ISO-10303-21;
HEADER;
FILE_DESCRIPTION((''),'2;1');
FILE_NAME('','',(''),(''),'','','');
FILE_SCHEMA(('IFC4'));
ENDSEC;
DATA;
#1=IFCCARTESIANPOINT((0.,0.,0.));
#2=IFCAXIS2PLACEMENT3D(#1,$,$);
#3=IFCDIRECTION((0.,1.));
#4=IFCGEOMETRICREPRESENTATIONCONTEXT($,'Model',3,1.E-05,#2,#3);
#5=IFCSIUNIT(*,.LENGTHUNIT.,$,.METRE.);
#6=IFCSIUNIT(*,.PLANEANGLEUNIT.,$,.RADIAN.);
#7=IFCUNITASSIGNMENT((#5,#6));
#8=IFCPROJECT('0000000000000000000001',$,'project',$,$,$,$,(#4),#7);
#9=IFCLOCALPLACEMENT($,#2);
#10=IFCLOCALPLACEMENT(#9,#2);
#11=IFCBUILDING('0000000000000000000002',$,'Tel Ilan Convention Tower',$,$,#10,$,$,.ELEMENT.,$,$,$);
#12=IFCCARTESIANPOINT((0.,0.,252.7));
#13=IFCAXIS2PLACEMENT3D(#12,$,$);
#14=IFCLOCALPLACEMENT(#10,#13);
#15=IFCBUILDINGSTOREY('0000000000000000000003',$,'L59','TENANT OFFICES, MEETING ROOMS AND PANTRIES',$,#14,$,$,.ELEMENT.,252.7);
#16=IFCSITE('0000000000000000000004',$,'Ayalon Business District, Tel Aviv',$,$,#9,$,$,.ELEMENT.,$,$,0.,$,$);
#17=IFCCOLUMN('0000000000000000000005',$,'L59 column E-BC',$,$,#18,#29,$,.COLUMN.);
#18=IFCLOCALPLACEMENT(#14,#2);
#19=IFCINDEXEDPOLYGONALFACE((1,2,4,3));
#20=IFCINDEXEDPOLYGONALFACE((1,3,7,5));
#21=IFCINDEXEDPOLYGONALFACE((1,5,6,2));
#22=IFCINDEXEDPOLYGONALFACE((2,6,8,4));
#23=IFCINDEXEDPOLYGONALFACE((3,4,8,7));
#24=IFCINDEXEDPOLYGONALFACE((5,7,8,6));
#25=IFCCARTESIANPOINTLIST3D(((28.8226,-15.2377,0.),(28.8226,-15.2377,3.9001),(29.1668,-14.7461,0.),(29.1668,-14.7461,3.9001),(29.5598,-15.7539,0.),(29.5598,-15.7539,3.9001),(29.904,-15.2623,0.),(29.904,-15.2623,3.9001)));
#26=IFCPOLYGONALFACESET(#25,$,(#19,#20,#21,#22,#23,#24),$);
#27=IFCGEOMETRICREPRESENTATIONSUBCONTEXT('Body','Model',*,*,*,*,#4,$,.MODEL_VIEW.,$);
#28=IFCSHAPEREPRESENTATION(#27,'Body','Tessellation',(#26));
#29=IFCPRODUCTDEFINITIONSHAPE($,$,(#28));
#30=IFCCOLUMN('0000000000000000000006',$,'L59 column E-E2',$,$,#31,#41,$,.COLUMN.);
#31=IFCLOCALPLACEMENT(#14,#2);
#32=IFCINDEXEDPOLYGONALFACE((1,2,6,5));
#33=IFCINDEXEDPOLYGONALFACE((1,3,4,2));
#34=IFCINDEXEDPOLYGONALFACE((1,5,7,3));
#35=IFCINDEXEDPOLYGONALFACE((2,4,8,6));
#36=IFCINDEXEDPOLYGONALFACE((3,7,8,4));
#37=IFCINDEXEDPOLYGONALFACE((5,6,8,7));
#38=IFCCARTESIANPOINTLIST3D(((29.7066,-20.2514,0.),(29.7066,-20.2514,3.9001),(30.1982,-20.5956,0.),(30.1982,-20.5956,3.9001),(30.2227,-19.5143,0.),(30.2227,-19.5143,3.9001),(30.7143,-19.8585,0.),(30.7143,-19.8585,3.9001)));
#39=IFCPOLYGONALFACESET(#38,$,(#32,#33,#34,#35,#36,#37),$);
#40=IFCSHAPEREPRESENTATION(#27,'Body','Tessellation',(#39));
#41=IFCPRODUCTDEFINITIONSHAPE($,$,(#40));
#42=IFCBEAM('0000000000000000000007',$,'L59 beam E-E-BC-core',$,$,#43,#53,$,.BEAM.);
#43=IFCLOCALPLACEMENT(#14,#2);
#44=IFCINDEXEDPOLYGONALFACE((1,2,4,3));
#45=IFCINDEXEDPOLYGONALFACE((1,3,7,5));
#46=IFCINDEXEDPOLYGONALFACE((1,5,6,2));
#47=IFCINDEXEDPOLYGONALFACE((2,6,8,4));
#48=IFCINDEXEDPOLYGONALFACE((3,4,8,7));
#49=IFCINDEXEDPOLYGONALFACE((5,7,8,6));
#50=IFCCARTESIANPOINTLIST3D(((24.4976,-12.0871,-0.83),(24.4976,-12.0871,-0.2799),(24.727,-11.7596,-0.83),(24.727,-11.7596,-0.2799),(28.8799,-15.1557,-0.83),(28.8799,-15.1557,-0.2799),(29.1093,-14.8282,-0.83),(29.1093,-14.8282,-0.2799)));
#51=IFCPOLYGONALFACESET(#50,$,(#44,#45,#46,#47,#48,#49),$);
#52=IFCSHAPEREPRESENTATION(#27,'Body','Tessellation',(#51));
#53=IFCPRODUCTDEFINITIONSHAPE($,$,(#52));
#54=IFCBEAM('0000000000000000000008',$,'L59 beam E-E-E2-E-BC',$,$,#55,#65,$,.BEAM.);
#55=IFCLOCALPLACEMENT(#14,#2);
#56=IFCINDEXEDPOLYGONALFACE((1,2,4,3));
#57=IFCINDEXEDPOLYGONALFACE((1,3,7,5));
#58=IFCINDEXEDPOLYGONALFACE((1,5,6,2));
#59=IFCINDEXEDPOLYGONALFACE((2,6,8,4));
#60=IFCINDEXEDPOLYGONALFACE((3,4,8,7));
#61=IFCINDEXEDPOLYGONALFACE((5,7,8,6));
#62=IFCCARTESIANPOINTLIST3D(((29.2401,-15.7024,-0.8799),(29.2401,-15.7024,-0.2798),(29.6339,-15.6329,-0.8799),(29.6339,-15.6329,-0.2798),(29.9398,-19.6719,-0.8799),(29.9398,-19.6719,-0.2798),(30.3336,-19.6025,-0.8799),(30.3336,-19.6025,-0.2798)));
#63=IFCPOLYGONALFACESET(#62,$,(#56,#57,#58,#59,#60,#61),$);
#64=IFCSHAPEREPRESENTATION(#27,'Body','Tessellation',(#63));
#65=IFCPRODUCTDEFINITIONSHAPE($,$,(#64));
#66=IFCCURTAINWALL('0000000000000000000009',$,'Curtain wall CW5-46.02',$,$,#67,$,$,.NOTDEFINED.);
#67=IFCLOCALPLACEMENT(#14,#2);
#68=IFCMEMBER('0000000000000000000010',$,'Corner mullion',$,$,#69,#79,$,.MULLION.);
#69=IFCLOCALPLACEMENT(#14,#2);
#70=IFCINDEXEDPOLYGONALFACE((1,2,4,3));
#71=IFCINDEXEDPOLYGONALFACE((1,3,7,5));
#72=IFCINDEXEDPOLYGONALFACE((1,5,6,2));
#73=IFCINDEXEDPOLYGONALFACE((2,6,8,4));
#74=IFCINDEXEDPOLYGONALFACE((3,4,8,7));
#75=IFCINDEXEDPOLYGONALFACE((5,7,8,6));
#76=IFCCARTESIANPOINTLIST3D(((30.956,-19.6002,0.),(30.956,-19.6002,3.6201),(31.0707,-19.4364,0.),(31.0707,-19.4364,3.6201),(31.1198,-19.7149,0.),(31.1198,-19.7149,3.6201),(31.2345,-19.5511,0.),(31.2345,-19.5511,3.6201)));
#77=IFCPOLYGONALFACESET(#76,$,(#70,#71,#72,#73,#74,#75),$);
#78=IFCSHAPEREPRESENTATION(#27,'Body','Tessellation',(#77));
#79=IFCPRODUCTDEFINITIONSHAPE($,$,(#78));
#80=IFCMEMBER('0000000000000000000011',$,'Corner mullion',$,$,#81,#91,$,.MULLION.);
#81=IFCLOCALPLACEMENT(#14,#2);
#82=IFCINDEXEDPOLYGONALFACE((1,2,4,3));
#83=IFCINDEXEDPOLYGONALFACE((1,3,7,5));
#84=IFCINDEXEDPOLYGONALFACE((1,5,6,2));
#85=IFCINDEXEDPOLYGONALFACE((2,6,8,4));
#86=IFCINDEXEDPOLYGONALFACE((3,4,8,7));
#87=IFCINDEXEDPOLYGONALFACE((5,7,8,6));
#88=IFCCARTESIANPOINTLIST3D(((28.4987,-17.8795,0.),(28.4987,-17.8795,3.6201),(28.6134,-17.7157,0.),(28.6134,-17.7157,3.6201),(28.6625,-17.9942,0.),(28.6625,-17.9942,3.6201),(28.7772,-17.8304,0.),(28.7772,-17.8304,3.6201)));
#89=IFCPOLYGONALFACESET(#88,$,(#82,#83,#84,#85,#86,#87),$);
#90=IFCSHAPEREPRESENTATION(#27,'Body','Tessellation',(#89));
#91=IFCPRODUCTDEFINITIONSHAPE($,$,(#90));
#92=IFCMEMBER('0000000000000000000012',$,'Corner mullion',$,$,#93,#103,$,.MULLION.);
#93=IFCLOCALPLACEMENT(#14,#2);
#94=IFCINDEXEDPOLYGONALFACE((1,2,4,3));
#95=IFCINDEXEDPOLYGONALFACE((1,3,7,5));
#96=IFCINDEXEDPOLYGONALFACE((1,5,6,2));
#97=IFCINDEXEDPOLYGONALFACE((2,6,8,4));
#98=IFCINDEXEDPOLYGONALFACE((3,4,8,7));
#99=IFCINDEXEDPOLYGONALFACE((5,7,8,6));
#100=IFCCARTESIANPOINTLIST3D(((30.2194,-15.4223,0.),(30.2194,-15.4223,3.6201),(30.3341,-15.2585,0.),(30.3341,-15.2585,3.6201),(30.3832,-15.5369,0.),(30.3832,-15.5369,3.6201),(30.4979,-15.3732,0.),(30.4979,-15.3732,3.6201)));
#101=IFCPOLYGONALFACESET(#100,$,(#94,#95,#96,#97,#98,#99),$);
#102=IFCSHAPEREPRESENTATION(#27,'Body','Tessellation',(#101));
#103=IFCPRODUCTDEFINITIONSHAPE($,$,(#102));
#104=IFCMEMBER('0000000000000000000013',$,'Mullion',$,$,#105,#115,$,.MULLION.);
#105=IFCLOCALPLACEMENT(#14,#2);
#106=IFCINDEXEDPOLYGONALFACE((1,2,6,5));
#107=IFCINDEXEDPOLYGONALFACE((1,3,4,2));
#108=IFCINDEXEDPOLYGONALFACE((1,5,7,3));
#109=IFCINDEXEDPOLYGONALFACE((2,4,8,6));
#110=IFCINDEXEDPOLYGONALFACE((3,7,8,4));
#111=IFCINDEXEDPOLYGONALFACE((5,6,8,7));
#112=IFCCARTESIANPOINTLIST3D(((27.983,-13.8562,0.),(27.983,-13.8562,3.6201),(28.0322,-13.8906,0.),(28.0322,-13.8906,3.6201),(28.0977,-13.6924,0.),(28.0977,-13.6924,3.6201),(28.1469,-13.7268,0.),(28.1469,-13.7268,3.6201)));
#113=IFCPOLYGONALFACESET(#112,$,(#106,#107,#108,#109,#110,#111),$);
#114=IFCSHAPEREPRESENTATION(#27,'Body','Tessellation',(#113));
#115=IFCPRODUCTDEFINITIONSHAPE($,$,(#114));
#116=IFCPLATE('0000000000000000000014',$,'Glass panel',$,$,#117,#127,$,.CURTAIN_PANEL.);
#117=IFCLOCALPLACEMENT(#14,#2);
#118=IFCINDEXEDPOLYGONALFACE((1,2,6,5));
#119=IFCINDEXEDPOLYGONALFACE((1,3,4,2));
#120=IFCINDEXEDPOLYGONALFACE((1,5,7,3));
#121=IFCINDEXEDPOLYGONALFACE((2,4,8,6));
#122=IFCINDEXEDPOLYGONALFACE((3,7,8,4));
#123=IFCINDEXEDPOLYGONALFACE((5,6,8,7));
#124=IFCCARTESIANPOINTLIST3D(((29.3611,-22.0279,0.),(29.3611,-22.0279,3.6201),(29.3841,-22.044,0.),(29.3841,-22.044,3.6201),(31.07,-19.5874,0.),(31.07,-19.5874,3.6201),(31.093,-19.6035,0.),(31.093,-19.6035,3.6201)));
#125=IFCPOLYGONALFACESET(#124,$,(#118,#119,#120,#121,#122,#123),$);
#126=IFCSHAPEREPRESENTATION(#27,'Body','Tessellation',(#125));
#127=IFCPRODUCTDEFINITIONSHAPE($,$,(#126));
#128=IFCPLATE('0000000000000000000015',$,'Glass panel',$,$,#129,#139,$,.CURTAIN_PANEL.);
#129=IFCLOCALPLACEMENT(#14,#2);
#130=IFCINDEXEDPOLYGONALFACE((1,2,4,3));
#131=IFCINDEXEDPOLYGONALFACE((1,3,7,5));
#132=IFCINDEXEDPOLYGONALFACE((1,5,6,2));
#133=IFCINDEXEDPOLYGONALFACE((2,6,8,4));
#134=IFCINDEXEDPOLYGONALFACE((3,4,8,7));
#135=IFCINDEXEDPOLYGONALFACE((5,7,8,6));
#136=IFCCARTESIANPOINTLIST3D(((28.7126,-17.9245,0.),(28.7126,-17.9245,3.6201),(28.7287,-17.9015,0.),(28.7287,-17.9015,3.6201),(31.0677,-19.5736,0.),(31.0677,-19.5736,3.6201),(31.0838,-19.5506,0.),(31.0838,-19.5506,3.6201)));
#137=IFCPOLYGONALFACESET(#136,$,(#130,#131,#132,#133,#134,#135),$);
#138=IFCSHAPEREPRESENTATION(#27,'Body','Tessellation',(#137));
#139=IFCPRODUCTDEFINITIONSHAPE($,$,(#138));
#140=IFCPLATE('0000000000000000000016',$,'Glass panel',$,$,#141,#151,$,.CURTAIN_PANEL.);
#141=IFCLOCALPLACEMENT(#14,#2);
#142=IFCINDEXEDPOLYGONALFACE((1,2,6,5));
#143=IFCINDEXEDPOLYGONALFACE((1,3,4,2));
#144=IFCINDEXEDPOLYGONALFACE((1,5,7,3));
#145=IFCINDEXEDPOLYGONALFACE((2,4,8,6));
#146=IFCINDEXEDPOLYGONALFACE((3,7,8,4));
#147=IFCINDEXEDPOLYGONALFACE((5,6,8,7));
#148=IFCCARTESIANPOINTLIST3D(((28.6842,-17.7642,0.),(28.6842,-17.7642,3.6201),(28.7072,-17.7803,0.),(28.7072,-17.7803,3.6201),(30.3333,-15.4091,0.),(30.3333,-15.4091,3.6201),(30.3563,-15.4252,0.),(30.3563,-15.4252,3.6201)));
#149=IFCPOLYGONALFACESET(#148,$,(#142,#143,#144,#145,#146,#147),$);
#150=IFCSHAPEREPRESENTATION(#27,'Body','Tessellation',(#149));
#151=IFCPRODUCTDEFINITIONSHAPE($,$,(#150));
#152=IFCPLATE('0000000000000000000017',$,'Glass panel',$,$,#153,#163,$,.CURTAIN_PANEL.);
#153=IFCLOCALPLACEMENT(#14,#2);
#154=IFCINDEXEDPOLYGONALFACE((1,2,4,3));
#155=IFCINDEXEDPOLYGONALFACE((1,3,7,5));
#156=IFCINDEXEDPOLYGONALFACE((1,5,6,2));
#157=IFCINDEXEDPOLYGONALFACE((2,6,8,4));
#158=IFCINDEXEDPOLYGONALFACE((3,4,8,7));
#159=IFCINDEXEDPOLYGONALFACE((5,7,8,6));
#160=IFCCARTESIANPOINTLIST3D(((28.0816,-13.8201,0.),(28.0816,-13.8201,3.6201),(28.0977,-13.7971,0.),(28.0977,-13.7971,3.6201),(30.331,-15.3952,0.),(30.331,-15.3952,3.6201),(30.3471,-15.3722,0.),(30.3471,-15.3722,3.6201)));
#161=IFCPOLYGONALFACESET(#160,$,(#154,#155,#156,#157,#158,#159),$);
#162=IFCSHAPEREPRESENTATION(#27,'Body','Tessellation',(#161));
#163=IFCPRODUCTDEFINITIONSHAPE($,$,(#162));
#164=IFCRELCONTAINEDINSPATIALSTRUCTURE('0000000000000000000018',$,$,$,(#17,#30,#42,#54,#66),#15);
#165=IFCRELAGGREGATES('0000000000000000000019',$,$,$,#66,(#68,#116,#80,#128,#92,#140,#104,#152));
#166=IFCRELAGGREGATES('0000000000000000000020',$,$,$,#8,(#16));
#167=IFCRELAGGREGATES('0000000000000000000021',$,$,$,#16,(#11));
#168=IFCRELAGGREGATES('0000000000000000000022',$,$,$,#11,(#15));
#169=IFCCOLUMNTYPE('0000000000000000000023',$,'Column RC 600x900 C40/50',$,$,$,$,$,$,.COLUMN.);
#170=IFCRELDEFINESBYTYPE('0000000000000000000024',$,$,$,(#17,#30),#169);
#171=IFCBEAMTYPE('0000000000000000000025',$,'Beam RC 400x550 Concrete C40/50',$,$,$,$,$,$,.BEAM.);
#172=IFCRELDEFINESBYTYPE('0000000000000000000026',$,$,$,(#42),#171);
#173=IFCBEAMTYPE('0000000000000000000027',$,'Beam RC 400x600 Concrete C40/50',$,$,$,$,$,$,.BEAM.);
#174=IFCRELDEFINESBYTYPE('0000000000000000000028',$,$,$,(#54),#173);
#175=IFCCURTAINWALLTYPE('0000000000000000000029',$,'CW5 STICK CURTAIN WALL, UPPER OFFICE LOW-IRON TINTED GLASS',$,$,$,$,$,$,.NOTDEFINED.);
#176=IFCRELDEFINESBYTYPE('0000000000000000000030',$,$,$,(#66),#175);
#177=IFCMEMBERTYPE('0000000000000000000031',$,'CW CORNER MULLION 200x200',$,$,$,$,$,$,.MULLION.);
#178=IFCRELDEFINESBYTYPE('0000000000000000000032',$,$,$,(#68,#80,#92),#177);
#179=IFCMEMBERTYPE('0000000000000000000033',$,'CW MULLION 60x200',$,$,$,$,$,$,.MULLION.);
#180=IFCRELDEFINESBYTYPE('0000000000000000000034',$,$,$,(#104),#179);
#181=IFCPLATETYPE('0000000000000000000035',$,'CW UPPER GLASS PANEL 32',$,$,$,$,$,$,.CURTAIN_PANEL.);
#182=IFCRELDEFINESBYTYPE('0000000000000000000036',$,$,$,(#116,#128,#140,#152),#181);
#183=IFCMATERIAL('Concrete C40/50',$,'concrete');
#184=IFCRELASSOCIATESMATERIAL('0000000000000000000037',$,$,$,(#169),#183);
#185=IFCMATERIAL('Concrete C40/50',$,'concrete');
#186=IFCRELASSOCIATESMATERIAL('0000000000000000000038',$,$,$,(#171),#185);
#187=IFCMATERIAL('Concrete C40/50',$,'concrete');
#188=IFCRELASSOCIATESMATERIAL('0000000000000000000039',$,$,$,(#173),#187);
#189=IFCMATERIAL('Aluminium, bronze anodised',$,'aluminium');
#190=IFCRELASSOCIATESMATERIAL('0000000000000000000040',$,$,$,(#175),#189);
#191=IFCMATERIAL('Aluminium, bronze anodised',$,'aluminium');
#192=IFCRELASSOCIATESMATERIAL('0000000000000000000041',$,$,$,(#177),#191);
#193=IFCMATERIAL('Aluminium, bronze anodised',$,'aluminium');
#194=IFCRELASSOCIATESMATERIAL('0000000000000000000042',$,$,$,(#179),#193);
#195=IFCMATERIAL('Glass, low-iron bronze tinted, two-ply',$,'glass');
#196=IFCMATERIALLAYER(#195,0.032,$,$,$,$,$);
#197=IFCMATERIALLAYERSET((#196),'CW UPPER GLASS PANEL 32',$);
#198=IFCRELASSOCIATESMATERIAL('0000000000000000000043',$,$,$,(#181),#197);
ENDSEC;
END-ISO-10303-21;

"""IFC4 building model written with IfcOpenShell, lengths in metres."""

from ifc_helpers import new_model, si_unit, direction, frame, origin, origin_2d, place, context, subcontext, project, spatial, rectangle, extrude, material, layer, layer_set, material_profile, profile_set, type_object, element, aggregate, save


model = new_model("IFC4")

# Units and contexts
model_context = context("Model", 3, precision=1e-05, world=origin(), true_north=direction((0.0, 1.0)))
body_context = subcontext(model_context, "Body", "Model", "MODEL_VIEW")
ifc_project = project(units=[si_unit("LENGTHUNIT", "METRE"), si_unit("PLANEANGLEUNIT", "RADIAN")], contexts=[model_context])

# Site, building, storey
site_placement = place(None, origin())
site = spatial("IfcSite", under=ifc_project, at=site_placement, Name="Ayalon Business District, Tel Aviv", CompositionType="ELEMENT", RefElevation=0.0)
building_placement = place(site_placement, origin())
building = spatial("IfcBuilding", under=site, at=building_placement, Name="Tel Ilan Convention Tower", CompositionType="ELEMENT")
storey_placement = place(building_placement, frame((0.0, 0.0, 252.7)))
storey = spatial("IfcBuildingStorey", under=building, at=storey_placement, Name="L59", Description="TENANT OFFICES, MEETING ROOMS AND PANTRIES", CompositionType="ELEMENT", Elevation=252.7)

# Columns
ifc_material_1 = material(Name="Concrete C40/50", Category="concrete")
ifc_material_profile_1 = material_profile(ifc_material_1, rectangle(XDim=0.8999, YDim=0.6001, at=origin_2d()), Name="RC 600x900")
ifc_profile_set_1 = profile_set([ifc_material_profile_1], Name="Concrete C40/50")
column_type = type_object("IfcColumnType", Name="Column RC 600x900 C40/50", PredefinedType="COLUMN", material=ifc_profile_set_1)
for number, where, z_axis, x_axis, name in (
    (1, (29.3633, -15.25, 0.0), (0.0, 0.0, 1.0), (0.819152, -0.573576, 0.0), "L59 column E-BC"),
    (2, (30.2104, -20.0549, 0.0), (0.0, 0.0, 1.0), (0.573576, 0.819152, 0.0), "L59 column E-E2"),
):
    element("IfcColumn", number, at=place(storey_placement, frame(where, z_axis=z_axis, x_axis=x_axis)), inside=storey, type_object=column_type, Name=name, PredefinedType="COLUMN", context=body_context, shape_type="SweptSolid", body=[
        extrude(rectangle(XDim=0.8999, YDim=0.6001, at=origin_2d()), origin(), (0.0, 0.0, 1.0), 3.9001),
    ])

# Beams
ifc_material_2 = material(Name="Concrete C40/50", Category="concrete")
ifc_material_profile_2 = material_profile(ifc_material_2, rectangle(XDim=0.3999, YDim=0.55, at=origin_2d()), Name="RC 400x550")
ifc_profile_set_2 = profile_set([ifc_material_profile_2], Name="Concrete C40/50")
beam_type_1 = type_object("IfcBeamType", Name="Beam RC 400x550 Concrete C40/50", PredefinedType="BEAM", material=ifc_profile_set_2)
beam_1_placement = place(storey_placement, frame((28.9946, -14.9919, -0.5549), z_axis=(-0.819146, 0.573585, 0.0), x_axis=(-0.573585, -0.819146, 0.0)))
element("IfcBeam", 3, at=beam_1_placement, inside=storey, type_object=beam_type_1, Name="L59 beam E-E-BC-core", PredefinedType="BEAM", context=body_context, shape_type="SweptSolid", body=[
    extrude(rectangle(XDim=0.3999, YDim=0.55, at=origin_2d()), origin(), (0.0, 0.0, 1.0), 5.3499),
])
ifc_material_3 = material(Name="Concrete C40/50", Category="concrete")
ifc_material_profile_3 = material_profile(ifc_material_3, rectangle(XDim=0.3999, YDim=0.6001, at=origin_2d()), Name="RC 400x600")
ifc_profile_set_3 = profile_set([ifc_material_profile_3], Name="Concrete C40/50")
beam_type_2 = type_object("IfcBeamType", Name="Beam RC 400x600 Concrete C40/50", PredefinedType="BEAM", material=ifc_profile_set_3)
beam_2_placement = place(storey_placement, frame((30.1367, -19.6372, -0.5798), z_axis=(-0.173595, 0.984817, 0.0), x_axis=(-0.984817, -0.173595, 0.0)))
element("IfcBeam", 4, at=beam_2_placement, inside=storey, type_object=beam_type_2, Name="L59 beam E-E-E2-E-BC", PredefinedType="BEAM", context=body_context, shape_type="SweptSolid", body=[
    extrude(rectangle(XDim=0.3999, YDim=0.6001, at=origin_2d()), origin(), (0.0, 0.0, 1.0), 4.0308),
])

# Curtain wall, members, plates
ifc_material_4 = material(Name="Aluminium, bronze anodised", Category="aluminium")
curtain_wall_type = type_object("IfcCurtainWallType", Name="CW5 STICK CURTAIN WALL, UPPER OFFICE LOW-IRON TINTED GLASS", PredefinedType="NOTDEFINED", material=ifc_material_4)
curtain_wall_placement = place(storey_placement, origin())
curtain_wall = element("IfcCurtainWall", 5, at=curtain_wall_placement, inside=storey, type_object=curtain_wall_type, Name="Curtain wall CW5-46.02", PredefinedType="NOTDEFINED")
ifc_material_5 = material(Name="Aluminium, bronze anodised", Category="aluminium")
ifc_material_profile_4 = material_profile(ifc_material_5, rectangle(XDim=0.2, YDim=0.2, at=origin_2d()), Name="CW CORNER MULLION 200x200")
ifc_profile_set_4 = profile_set([ifc_material_profile_4], Name="Aluminium, bronze anodised")
member_type_1 = type_object("IfcMemberType", Name="CW CORNER MULLION 200x200", PredefinedType="MULLION", material=ifc_profile_set_4)
member_1_placement = place(storey_placement, frame((31.0952, -19.5757, 0.0), z_axis=(0.0, 0.0, 1.0), x_axis=(0.573576, 0.819152, 0.0)))
member_1 = element("IfcMember", 6, at=member_1_placement, type_object=member_type_1, Name="Corner mullion", PredefinedType="MULLION", context=body_context, shape_type="SweptSolid", body=[
    extrude(rectangle(XDim=0.2, YDim=0.2, at=origin_2d()), origin(), (0.0, 0.0, 1.0), 3.6201),
])
member_2_placement = place(storey_placement, frame((28.6379, -17.855, 0.0), z_axis=(0.0, 0.0, 1.0), x_axis=(-0.819152, 0.573576, 0.0)))
member_2 = element("IfcMember", 7, at=member_2_placement, type_object=member_type_1, Name="Corner mullion", PredefinedType="MULLION", context=body_context, shape_type="SweptSolid", body=[
    extrude(rectangle(XDim=0.2, YDim=0.2, at=origin_2d()), origin(), (0.0, 0.0, 1.0), 3.6201),
])
member_3_placement = place(storey_placement, frame((30.3586, -15.3977, 0.0), z_axis=(0.0, 0.0, 1.0), x_axis=(0.573576, 0.819152, 0.0)))
member_3 = element("IfcMember", 8, at=member_3_placement, type_object=member_type_1, Name="Corner mullion", PredefinedType="MULLION", context=body_context, shape_type="SweptSolid", body=[
    extrude(rectangle(XDim=0.2, YDim=0.2, at=origin_2d()), origin(), (0.0, 0.0, 1.0), 3.6201),
])
ifc_material_6 = material(Name="Aluminium, bronze anodised", Category="aluminium")
ifc_material_profile_5 = material_profile(ifc_material_6, rectangle(XDim=0.0601, YDim=0.2, at=origin_2d()), Name="CW MULLION 60x200")
ifc_profile_set_5 = profile_set([ifc_material_profile_5], Name="Aluminium, bronze anodised")
member_type_2 = type_object("IfcMemberType", Name="CW MULLION 60x200", PredefinedType="MULLION", material=ifc_profile_set_5)
member_4_placement = place(storey_placement, frame((28.0649, -13.7915, 0.0), z_axis=(0.0, 0.0, 1.0), x_axis=(-0.819152, 0.573576, 0.0)))
member_4 = element("IfcMember", 9, at=member_4_placement, type_object=member_type_2, Name="Mullion", PredefinedType="MULLION", context=body_context, shape_type="SweptSolid", body=[
    extrude(rectangle(XDim=0.0601, YDim=0.2, at=origin_2d()), origin(), (0.0, 0.0, 1.0), 3.6201),
])
ifc_material_7 = material(Name="Glass, low-iron bronze tinted, two-ply", Category="glass")
ifc_layer_1 = layer(ifc_material_7, 0.032)
ifc_layer_set_1 = layer_set([ifc_layer_1], Name="CW UPPER GLASS PANEL 32")
plate_type = type_object("IfcPlateType", Name="CW UPPER GLASS PANEL 32", PredefinedType="CURTAIN_PANEL", material=ifc_layer_set_1)
plate_1_placement = place(storey_placement, frame((30.2271, -20.8157, 0.0), z_axis=(0.0, 0.0, 1.0), x_axis=(0.573576, 0.819152, 0.0)))
plate_1 = element("IfcPlate", 10, at=plate_1_placement, type_object=plate_type, Name="Glass panel", PredefinedType="CURTAIN_PANEL", context=body_context, shape_type="SweptSolid", body=[
    extrude(rectangle(XDim=2.9792, YDim=0.0281, at=origin_2d()), origin(), (0.0, 0.0, 1.0), 3.6201),
])
plate_2_placement = place(storey_placement, frame((29.8982, -18.7375, 0.0), z_axis=(0.0, 0.0, 1.0), x_axis=(-0.819152, 0.573576, 0.0)))
plate_2 = element("IfcPlate", 11, at=plate_2_placement, type_object=plate_type, Name="Glass panel", PredefinedType="CURTAIN_PANEL", context=body_context, shape_type="SweptSolid", body=[
    extrude(rectangle(XDim=2.875, YDim=0.0281, at=origin_2d()), origin(), (0.0, 0.0, 1.0), 3.6201),
])
plate_3_placement = place(storey_placement, frame((29.5203, -16.5947, 0.0), z_axis=(0.0, 0.0, 1.0), x_axis=(0.573576, 0.819152, 0.0)))
plate_3 = element("IfcPlate", 12, at=plate_3_placement, type_object=plate_type, Name="Glass panel", PredefinedType="CURTAIN_PANEL", context=body_context, shape_type="SweptSolid", body=[
    extrude(rectangle(XDim=2.875, YDim=0.0281, at=origin_2d()), origin(), (0.0, 0.0, 1.0), 3.6201),
])
plate_4_placement = place(storey_placement, frame((29.2144, -14.5962, 0.0), z_axis=(0.0, 0.0, 1.0), x_axis=(-0.819152, 0.573576, 0.0)))
plate_4 = element("IfcPlate", 13, at=plate_4_placement, type_object=plate_type, Name="Glass panel", PredefinedType="CURTAIN_PANEL", context=body_context, shape_type="SweptSolid", body=[
    extrude(rectangle(XDim=2.7461, YDim=0.0281, at=origin_2d()), origin(), (0.0, 0.0, 1.0), 3.6201),
])
aggregate(curtain_wall, [member_1, plate_1, member_2, plate_2, member_3, plate_3, member_4, plate_4])

save(model, "model.ifc")
